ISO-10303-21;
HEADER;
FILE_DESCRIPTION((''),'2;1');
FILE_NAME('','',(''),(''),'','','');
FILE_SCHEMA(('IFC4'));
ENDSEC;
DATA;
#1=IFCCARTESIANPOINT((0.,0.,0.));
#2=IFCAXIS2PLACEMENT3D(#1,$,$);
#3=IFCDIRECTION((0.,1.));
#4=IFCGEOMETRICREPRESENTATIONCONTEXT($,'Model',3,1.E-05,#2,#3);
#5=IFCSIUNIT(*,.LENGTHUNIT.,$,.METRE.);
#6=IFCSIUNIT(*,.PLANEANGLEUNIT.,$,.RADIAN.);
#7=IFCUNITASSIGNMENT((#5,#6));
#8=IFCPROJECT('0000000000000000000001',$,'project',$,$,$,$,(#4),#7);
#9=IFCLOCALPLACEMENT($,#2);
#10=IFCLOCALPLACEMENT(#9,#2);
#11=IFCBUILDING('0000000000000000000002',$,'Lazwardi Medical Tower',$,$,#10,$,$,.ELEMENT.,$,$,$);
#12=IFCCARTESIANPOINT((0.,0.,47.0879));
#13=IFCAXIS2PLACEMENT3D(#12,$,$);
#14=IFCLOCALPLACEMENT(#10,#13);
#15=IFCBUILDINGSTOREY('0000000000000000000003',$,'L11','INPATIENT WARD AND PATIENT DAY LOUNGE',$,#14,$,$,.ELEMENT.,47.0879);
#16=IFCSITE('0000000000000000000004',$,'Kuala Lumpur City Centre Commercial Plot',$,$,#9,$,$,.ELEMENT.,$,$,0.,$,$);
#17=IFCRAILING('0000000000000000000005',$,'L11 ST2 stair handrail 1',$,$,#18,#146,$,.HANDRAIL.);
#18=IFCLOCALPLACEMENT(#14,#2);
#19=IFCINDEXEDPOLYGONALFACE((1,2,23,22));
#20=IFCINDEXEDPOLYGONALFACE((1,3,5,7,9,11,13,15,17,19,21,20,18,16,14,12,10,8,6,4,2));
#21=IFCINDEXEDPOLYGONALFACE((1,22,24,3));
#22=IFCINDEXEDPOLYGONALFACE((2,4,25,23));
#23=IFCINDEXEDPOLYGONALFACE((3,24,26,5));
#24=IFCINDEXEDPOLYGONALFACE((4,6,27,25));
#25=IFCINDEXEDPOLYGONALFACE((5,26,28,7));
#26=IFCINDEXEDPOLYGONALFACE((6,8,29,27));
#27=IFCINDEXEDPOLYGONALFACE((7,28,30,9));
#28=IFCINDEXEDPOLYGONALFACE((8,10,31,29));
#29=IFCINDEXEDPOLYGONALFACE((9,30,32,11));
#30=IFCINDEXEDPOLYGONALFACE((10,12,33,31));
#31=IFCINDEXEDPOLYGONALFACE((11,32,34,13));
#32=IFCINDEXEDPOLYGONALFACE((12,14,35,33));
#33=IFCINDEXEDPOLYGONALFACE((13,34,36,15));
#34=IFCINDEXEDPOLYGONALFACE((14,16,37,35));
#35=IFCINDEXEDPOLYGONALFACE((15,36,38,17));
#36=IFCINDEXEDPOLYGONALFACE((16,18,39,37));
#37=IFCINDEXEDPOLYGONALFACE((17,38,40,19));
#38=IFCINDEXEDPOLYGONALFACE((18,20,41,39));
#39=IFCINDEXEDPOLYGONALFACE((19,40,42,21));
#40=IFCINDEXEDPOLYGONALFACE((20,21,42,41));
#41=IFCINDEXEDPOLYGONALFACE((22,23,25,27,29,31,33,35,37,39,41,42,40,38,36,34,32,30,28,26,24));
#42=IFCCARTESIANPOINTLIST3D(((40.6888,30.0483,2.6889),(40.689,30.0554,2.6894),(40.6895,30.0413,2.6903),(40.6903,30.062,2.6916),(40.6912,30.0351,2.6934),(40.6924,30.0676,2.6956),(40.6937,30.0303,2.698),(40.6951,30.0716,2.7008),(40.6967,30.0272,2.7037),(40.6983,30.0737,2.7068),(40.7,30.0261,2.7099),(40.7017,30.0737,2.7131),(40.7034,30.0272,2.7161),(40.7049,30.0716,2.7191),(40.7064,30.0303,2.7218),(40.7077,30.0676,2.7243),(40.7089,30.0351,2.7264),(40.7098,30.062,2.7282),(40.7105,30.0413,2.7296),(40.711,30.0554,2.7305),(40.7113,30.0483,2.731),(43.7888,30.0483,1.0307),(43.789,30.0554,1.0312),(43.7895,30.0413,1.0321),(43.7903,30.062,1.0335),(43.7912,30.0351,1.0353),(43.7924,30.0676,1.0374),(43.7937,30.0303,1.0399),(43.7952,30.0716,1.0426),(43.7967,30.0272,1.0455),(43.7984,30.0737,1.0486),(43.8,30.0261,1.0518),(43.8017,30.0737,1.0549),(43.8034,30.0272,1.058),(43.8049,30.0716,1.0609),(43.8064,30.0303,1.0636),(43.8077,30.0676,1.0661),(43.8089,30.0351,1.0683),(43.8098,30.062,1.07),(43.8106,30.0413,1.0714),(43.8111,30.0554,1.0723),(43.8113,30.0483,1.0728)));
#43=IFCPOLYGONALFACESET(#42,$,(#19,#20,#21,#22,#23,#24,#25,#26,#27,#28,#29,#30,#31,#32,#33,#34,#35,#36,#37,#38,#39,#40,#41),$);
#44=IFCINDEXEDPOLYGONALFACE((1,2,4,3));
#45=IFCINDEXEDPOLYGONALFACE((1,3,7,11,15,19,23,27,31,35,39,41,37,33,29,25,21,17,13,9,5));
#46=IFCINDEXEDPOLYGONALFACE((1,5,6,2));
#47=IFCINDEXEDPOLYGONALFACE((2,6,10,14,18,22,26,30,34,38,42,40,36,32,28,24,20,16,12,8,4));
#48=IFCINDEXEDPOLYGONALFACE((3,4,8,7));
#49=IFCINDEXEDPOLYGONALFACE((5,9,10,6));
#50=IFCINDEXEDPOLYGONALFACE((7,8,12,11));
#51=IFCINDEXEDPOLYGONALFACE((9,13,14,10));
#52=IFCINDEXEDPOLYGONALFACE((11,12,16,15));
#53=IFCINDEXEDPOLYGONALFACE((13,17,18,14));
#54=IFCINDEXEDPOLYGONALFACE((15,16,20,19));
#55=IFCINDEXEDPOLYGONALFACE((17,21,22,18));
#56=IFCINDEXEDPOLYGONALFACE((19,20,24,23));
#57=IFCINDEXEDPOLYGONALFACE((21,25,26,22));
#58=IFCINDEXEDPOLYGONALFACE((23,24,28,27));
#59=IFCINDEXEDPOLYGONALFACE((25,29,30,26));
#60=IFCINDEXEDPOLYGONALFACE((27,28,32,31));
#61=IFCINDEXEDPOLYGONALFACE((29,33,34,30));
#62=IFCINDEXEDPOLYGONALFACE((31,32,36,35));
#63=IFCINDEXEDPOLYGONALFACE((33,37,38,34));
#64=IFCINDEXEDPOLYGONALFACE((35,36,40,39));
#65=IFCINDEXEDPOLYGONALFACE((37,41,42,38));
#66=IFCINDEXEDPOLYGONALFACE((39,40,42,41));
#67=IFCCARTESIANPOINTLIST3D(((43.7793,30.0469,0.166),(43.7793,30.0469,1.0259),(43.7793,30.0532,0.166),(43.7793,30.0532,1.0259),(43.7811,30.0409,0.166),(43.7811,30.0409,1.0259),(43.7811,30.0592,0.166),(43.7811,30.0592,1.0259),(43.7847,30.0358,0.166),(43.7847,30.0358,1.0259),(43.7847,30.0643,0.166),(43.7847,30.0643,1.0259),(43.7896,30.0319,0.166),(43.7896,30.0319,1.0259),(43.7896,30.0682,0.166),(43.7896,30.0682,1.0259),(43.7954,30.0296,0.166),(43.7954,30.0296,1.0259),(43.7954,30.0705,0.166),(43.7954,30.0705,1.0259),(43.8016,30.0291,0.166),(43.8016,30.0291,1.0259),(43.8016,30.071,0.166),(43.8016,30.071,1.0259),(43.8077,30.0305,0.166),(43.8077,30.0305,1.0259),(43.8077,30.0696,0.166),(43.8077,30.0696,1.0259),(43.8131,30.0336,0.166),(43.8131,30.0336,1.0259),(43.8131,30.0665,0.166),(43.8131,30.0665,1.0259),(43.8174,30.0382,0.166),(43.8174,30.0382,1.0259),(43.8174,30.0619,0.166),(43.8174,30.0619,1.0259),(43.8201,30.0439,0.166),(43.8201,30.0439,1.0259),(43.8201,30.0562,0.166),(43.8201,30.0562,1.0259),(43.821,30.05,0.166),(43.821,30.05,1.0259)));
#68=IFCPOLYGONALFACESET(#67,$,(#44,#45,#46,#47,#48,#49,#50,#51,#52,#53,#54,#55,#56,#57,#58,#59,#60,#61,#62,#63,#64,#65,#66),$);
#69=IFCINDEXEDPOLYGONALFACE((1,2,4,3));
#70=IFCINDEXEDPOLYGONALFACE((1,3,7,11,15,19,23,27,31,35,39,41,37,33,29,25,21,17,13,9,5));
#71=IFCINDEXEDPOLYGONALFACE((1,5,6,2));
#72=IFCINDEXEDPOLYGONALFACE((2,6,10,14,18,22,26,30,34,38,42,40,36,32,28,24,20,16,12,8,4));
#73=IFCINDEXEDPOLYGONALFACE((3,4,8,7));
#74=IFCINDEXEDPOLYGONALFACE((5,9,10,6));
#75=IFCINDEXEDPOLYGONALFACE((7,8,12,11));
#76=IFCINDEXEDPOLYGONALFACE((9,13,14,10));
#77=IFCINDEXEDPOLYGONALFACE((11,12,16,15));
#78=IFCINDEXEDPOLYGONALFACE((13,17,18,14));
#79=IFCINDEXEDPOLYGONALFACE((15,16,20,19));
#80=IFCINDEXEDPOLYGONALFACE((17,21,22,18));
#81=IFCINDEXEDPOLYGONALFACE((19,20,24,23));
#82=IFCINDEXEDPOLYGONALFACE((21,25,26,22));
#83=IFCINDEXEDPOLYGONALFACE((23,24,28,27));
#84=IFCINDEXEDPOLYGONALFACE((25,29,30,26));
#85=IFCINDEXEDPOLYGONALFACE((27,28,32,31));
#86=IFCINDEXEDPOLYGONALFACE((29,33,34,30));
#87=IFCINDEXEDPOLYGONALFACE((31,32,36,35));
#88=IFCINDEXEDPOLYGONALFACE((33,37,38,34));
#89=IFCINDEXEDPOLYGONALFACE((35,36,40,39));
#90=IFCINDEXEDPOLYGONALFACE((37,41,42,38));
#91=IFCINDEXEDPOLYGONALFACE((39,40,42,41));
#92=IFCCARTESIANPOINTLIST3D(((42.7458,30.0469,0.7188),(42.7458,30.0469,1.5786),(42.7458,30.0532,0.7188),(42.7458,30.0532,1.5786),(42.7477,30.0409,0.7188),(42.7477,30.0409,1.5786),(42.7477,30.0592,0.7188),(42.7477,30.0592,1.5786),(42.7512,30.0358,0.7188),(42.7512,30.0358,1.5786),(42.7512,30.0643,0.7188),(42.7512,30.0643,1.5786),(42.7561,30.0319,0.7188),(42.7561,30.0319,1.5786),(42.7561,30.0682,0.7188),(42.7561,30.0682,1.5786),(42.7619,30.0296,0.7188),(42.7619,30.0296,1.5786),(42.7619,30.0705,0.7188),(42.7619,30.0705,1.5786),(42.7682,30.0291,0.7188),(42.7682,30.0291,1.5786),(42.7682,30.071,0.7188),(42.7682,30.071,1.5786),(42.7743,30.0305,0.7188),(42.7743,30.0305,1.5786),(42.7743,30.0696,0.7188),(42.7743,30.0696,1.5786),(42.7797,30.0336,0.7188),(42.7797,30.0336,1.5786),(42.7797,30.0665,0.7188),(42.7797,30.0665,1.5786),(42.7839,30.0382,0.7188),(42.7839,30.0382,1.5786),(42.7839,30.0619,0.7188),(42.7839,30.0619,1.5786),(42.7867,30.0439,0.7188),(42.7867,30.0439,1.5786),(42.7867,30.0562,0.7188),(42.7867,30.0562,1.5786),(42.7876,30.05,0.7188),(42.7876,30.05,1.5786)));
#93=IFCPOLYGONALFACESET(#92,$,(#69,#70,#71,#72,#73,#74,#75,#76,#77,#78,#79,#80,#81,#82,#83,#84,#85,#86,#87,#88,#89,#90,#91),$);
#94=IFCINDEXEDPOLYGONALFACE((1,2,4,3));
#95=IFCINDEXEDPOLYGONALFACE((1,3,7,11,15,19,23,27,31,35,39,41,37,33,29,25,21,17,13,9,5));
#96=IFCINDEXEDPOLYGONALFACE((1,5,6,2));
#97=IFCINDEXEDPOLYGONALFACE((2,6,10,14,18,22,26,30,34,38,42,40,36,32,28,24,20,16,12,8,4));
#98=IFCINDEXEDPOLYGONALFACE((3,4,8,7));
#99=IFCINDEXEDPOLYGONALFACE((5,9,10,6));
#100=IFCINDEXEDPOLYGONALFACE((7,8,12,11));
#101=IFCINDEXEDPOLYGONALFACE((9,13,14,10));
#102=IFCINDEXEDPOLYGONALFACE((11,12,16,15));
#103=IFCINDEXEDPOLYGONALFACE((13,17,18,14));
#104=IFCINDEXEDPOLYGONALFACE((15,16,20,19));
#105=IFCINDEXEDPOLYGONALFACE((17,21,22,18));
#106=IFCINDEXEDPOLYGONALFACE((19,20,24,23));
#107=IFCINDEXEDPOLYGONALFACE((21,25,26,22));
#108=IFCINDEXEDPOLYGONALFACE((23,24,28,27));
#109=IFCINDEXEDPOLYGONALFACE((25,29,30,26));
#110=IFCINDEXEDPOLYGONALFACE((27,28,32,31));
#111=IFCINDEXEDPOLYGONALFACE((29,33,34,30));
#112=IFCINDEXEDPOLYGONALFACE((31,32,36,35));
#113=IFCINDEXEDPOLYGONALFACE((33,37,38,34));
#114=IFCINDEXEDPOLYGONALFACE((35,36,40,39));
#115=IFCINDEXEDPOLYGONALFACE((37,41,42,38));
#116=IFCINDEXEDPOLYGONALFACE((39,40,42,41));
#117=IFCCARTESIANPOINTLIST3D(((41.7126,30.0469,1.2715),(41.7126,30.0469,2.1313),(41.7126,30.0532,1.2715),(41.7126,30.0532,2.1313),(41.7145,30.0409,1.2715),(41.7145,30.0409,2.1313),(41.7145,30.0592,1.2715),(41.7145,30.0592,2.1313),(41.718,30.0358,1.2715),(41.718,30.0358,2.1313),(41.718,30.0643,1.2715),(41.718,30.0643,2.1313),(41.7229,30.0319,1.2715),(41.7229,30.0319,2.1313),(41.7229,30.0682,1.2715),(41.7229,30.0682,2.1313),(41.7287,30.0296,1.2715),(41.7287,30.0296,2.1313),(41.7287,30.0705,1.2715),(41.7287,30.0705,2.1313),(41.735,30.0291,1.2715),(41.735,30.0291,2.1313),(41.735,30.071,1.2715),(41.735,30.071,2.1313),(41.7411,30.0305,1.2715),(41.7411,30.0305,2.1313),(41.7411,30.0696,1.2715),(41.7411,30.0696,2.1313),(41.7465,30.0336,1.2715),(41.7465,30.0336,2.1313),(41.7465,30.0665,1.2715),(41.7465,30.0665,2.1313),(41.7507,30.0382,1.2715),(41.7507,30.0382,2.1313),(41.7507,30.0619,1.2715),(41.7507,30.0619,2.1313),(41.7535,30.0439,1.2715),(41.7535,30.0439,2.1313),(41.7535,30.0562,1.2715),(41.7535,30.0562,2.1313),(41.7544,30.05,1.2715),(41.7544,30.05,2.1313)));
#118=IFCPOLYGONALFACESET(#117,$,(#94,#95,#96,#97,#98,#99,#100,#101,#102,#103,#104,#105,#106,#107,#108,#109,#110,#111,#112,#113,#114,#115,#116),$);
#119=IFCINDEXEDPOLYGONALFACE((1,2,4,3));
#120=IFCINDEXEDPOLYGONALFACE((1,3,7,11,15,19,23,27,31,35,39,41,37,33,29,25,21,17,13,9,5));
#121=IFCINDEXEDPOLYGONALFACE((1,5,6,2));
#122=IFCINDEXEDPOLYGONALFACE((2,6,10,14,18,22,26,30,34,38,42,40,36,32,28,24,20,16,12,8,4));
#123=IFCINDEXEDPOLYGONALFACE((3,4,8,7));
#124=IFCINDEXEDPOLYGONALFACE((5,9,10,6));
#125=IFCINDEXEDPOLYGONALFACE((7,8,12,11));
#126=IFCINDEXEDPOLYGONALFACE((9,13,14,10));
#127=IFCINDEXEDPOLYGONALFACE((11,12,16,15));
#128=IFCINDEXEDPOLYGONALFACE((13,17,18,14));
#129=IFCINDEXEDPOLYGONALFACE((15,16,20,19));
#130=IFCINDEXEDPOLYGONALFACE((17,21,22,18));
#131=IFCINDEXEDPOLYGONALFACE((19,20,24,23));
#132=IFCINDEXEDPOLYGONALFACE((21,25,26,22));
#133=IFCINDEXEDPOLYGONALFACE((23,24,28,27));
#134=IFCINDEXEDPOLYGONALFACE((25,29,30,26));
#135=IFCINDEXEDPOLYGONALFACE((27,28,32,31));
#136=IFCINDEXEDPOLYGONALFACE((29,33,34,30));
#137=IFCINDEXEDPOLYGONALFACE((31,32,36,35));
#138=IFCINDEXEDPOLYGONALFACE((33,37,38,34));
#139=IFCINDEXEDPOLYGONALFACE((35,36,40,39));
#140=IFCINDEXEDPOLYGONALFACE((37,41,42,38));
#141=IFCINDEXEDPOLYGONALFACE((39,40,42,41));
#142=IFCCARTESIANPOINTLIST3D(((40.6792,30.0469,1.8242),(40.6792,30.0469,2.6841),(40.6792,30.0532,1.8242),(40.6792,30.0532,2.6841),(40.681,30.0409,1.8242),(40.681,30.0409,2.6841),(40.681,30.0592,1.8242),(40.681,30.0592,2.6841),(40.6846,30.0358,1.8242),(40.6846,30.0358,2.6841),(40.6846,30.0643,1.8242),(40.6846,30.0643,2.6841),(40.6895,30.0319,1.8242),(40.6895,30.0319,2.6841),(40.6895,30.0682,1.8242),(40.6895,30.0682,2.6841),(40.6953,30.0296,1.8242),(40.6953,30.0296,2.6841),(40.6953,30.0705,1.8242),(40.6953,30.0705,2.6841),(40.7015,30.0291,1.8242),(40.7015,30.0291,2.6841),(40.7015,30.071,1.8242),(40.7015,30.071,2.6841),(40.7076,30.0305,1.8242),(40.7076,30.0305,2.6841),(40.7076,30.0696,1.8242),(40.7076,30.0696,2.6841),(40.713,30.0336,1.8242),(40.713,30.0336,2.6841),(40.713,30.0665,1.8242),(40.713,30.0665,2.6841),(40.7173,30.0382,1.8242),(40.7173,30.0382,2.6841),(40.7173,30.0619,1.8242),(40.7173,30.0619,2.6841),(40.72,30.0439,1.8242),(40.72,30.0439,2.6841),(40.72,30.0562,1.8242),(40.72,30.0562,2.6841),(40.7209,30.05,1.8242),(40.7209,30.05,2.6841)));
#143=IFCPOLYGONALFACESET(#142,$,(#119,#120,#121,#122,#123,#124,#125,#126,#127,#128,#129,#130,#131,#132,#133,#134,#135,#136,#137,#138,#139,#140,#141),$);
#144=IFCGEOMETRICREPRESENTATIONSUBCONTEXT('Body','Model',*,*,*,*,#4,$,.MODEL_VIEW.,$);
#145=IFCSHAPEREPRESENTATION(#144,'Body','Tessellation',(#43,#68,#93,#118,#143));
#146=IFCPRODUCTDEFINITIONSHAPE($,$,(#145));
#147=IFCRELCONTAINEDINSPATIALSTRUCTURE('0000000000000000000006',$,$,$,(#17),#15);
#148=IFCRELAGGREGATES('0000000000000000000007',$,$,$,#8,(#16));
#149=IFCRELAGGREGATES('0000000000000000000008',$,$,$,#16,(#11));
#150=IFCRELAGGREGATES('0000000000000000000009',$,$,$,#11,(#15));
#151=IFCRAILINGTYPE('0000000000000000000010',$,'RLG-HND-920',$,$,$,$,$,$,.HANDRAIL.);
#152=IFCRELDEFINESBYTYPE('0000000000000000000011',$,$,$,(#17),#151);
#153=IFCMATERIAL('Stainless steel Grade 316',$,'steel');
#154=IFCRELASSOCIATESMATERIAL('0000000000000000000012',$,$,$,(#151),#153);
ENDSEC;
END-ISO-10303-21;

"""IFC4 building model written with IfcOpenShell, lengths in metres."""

from ifc_helpers import new_model, si_unit, direction, frame, origin, origin_2d, place, context, subcontext, project, spatial, circle, extrude, material, type_object, element, save


model = new_model("IFC4")

# Units and contexts
model_context = context("Model", 3, precision=1e-05, world=origin(), true_north=direction((0.0, 1.0)))
body_context = subcontext(model_context, "Body", "Model", "MODEL_VIEW")
ifc_project = project(units=[si_unit("LENGTHUNIT", "METRE"), si_unit("PLANEANGLEUNIT", "RADIAN")], contexts=[model_context])

# Site, building, storey
site_placement = place(None, origin())
site = spatial("IfcSite", under=ifc_project, at=site_placement, Name="Kuala Lumpur City Centre Commercial Plot", CompositionType="ELEMENT", RefElevation=0.0)
building_placement = place(site_placement, origin())
building = spatial("IfcBuilding", under=site, at=building_placement, Name="Lazwardi Medical Tower", CompositionType="ELEMENT")
storey_placement = place(building_placement, frame((0.0, 0.0, 47.0879)))
storey = spatial("IfcBuildingStorey", under=building, at=storey_placement, Name="L11", Description="INPATIENT WARD AND PATIENT DAY LOUNGE", CompositionType="ELEMENT", Elevation=47.0879)

# Railing
ifc_material_1 = material(Name="Stainless steel Grade 316", Category="steel")
railing_type_1 = type_object("IfcRailingType", Name="RLG-HND-920", PredefinedType="HANDRAIL", material=ifc_material_1)
railing_1_placement = place(storey_placement, frame((43.8, 30.05, 0.166)))
element("IfcRailing", 1, at=railing_1_placement, inside=storey, type_object=railing_type_1, Name="L11 ST2 stair handrail 1", PredefinedType="HANDRAIL", context=body_context, shape_type="SweptSolid", body=[
    extrude(circle(Radius=0.0239, at=origin_2d()), frame((0.0, 0.0, 0.8857), z_axis=(-0.881783, 0.0, 0.471655), x_axis=(0.0, -1.0, 0.0)), (0.0, 0.0, 1.0), 3.5156),
    extrude(circle(Radius=0.021, at=origin_2d()), origin(), (0.0, 0.0, 1.0), 0.8599),
    extrude(circle(Radius=0.021, at=origin_2d()), frame((-1.0334, 0.0, 0.5527)), (0.0, 0.0, 1.0), 0.8599),
    extrude(circle(Radius=0.021, at=origin_2d()), frame((-2.0667, 0.0, 1.1055)), (0.0, 0.0, 1.0), 0.8599),
    extrude(circle(Radius=0.021, at=origin_2d()), frame((-3.1001, 0.0, 1.6582)), (0.0, 0.0, 1.0), 0.8599),
])

save(model, "model.ifc")
